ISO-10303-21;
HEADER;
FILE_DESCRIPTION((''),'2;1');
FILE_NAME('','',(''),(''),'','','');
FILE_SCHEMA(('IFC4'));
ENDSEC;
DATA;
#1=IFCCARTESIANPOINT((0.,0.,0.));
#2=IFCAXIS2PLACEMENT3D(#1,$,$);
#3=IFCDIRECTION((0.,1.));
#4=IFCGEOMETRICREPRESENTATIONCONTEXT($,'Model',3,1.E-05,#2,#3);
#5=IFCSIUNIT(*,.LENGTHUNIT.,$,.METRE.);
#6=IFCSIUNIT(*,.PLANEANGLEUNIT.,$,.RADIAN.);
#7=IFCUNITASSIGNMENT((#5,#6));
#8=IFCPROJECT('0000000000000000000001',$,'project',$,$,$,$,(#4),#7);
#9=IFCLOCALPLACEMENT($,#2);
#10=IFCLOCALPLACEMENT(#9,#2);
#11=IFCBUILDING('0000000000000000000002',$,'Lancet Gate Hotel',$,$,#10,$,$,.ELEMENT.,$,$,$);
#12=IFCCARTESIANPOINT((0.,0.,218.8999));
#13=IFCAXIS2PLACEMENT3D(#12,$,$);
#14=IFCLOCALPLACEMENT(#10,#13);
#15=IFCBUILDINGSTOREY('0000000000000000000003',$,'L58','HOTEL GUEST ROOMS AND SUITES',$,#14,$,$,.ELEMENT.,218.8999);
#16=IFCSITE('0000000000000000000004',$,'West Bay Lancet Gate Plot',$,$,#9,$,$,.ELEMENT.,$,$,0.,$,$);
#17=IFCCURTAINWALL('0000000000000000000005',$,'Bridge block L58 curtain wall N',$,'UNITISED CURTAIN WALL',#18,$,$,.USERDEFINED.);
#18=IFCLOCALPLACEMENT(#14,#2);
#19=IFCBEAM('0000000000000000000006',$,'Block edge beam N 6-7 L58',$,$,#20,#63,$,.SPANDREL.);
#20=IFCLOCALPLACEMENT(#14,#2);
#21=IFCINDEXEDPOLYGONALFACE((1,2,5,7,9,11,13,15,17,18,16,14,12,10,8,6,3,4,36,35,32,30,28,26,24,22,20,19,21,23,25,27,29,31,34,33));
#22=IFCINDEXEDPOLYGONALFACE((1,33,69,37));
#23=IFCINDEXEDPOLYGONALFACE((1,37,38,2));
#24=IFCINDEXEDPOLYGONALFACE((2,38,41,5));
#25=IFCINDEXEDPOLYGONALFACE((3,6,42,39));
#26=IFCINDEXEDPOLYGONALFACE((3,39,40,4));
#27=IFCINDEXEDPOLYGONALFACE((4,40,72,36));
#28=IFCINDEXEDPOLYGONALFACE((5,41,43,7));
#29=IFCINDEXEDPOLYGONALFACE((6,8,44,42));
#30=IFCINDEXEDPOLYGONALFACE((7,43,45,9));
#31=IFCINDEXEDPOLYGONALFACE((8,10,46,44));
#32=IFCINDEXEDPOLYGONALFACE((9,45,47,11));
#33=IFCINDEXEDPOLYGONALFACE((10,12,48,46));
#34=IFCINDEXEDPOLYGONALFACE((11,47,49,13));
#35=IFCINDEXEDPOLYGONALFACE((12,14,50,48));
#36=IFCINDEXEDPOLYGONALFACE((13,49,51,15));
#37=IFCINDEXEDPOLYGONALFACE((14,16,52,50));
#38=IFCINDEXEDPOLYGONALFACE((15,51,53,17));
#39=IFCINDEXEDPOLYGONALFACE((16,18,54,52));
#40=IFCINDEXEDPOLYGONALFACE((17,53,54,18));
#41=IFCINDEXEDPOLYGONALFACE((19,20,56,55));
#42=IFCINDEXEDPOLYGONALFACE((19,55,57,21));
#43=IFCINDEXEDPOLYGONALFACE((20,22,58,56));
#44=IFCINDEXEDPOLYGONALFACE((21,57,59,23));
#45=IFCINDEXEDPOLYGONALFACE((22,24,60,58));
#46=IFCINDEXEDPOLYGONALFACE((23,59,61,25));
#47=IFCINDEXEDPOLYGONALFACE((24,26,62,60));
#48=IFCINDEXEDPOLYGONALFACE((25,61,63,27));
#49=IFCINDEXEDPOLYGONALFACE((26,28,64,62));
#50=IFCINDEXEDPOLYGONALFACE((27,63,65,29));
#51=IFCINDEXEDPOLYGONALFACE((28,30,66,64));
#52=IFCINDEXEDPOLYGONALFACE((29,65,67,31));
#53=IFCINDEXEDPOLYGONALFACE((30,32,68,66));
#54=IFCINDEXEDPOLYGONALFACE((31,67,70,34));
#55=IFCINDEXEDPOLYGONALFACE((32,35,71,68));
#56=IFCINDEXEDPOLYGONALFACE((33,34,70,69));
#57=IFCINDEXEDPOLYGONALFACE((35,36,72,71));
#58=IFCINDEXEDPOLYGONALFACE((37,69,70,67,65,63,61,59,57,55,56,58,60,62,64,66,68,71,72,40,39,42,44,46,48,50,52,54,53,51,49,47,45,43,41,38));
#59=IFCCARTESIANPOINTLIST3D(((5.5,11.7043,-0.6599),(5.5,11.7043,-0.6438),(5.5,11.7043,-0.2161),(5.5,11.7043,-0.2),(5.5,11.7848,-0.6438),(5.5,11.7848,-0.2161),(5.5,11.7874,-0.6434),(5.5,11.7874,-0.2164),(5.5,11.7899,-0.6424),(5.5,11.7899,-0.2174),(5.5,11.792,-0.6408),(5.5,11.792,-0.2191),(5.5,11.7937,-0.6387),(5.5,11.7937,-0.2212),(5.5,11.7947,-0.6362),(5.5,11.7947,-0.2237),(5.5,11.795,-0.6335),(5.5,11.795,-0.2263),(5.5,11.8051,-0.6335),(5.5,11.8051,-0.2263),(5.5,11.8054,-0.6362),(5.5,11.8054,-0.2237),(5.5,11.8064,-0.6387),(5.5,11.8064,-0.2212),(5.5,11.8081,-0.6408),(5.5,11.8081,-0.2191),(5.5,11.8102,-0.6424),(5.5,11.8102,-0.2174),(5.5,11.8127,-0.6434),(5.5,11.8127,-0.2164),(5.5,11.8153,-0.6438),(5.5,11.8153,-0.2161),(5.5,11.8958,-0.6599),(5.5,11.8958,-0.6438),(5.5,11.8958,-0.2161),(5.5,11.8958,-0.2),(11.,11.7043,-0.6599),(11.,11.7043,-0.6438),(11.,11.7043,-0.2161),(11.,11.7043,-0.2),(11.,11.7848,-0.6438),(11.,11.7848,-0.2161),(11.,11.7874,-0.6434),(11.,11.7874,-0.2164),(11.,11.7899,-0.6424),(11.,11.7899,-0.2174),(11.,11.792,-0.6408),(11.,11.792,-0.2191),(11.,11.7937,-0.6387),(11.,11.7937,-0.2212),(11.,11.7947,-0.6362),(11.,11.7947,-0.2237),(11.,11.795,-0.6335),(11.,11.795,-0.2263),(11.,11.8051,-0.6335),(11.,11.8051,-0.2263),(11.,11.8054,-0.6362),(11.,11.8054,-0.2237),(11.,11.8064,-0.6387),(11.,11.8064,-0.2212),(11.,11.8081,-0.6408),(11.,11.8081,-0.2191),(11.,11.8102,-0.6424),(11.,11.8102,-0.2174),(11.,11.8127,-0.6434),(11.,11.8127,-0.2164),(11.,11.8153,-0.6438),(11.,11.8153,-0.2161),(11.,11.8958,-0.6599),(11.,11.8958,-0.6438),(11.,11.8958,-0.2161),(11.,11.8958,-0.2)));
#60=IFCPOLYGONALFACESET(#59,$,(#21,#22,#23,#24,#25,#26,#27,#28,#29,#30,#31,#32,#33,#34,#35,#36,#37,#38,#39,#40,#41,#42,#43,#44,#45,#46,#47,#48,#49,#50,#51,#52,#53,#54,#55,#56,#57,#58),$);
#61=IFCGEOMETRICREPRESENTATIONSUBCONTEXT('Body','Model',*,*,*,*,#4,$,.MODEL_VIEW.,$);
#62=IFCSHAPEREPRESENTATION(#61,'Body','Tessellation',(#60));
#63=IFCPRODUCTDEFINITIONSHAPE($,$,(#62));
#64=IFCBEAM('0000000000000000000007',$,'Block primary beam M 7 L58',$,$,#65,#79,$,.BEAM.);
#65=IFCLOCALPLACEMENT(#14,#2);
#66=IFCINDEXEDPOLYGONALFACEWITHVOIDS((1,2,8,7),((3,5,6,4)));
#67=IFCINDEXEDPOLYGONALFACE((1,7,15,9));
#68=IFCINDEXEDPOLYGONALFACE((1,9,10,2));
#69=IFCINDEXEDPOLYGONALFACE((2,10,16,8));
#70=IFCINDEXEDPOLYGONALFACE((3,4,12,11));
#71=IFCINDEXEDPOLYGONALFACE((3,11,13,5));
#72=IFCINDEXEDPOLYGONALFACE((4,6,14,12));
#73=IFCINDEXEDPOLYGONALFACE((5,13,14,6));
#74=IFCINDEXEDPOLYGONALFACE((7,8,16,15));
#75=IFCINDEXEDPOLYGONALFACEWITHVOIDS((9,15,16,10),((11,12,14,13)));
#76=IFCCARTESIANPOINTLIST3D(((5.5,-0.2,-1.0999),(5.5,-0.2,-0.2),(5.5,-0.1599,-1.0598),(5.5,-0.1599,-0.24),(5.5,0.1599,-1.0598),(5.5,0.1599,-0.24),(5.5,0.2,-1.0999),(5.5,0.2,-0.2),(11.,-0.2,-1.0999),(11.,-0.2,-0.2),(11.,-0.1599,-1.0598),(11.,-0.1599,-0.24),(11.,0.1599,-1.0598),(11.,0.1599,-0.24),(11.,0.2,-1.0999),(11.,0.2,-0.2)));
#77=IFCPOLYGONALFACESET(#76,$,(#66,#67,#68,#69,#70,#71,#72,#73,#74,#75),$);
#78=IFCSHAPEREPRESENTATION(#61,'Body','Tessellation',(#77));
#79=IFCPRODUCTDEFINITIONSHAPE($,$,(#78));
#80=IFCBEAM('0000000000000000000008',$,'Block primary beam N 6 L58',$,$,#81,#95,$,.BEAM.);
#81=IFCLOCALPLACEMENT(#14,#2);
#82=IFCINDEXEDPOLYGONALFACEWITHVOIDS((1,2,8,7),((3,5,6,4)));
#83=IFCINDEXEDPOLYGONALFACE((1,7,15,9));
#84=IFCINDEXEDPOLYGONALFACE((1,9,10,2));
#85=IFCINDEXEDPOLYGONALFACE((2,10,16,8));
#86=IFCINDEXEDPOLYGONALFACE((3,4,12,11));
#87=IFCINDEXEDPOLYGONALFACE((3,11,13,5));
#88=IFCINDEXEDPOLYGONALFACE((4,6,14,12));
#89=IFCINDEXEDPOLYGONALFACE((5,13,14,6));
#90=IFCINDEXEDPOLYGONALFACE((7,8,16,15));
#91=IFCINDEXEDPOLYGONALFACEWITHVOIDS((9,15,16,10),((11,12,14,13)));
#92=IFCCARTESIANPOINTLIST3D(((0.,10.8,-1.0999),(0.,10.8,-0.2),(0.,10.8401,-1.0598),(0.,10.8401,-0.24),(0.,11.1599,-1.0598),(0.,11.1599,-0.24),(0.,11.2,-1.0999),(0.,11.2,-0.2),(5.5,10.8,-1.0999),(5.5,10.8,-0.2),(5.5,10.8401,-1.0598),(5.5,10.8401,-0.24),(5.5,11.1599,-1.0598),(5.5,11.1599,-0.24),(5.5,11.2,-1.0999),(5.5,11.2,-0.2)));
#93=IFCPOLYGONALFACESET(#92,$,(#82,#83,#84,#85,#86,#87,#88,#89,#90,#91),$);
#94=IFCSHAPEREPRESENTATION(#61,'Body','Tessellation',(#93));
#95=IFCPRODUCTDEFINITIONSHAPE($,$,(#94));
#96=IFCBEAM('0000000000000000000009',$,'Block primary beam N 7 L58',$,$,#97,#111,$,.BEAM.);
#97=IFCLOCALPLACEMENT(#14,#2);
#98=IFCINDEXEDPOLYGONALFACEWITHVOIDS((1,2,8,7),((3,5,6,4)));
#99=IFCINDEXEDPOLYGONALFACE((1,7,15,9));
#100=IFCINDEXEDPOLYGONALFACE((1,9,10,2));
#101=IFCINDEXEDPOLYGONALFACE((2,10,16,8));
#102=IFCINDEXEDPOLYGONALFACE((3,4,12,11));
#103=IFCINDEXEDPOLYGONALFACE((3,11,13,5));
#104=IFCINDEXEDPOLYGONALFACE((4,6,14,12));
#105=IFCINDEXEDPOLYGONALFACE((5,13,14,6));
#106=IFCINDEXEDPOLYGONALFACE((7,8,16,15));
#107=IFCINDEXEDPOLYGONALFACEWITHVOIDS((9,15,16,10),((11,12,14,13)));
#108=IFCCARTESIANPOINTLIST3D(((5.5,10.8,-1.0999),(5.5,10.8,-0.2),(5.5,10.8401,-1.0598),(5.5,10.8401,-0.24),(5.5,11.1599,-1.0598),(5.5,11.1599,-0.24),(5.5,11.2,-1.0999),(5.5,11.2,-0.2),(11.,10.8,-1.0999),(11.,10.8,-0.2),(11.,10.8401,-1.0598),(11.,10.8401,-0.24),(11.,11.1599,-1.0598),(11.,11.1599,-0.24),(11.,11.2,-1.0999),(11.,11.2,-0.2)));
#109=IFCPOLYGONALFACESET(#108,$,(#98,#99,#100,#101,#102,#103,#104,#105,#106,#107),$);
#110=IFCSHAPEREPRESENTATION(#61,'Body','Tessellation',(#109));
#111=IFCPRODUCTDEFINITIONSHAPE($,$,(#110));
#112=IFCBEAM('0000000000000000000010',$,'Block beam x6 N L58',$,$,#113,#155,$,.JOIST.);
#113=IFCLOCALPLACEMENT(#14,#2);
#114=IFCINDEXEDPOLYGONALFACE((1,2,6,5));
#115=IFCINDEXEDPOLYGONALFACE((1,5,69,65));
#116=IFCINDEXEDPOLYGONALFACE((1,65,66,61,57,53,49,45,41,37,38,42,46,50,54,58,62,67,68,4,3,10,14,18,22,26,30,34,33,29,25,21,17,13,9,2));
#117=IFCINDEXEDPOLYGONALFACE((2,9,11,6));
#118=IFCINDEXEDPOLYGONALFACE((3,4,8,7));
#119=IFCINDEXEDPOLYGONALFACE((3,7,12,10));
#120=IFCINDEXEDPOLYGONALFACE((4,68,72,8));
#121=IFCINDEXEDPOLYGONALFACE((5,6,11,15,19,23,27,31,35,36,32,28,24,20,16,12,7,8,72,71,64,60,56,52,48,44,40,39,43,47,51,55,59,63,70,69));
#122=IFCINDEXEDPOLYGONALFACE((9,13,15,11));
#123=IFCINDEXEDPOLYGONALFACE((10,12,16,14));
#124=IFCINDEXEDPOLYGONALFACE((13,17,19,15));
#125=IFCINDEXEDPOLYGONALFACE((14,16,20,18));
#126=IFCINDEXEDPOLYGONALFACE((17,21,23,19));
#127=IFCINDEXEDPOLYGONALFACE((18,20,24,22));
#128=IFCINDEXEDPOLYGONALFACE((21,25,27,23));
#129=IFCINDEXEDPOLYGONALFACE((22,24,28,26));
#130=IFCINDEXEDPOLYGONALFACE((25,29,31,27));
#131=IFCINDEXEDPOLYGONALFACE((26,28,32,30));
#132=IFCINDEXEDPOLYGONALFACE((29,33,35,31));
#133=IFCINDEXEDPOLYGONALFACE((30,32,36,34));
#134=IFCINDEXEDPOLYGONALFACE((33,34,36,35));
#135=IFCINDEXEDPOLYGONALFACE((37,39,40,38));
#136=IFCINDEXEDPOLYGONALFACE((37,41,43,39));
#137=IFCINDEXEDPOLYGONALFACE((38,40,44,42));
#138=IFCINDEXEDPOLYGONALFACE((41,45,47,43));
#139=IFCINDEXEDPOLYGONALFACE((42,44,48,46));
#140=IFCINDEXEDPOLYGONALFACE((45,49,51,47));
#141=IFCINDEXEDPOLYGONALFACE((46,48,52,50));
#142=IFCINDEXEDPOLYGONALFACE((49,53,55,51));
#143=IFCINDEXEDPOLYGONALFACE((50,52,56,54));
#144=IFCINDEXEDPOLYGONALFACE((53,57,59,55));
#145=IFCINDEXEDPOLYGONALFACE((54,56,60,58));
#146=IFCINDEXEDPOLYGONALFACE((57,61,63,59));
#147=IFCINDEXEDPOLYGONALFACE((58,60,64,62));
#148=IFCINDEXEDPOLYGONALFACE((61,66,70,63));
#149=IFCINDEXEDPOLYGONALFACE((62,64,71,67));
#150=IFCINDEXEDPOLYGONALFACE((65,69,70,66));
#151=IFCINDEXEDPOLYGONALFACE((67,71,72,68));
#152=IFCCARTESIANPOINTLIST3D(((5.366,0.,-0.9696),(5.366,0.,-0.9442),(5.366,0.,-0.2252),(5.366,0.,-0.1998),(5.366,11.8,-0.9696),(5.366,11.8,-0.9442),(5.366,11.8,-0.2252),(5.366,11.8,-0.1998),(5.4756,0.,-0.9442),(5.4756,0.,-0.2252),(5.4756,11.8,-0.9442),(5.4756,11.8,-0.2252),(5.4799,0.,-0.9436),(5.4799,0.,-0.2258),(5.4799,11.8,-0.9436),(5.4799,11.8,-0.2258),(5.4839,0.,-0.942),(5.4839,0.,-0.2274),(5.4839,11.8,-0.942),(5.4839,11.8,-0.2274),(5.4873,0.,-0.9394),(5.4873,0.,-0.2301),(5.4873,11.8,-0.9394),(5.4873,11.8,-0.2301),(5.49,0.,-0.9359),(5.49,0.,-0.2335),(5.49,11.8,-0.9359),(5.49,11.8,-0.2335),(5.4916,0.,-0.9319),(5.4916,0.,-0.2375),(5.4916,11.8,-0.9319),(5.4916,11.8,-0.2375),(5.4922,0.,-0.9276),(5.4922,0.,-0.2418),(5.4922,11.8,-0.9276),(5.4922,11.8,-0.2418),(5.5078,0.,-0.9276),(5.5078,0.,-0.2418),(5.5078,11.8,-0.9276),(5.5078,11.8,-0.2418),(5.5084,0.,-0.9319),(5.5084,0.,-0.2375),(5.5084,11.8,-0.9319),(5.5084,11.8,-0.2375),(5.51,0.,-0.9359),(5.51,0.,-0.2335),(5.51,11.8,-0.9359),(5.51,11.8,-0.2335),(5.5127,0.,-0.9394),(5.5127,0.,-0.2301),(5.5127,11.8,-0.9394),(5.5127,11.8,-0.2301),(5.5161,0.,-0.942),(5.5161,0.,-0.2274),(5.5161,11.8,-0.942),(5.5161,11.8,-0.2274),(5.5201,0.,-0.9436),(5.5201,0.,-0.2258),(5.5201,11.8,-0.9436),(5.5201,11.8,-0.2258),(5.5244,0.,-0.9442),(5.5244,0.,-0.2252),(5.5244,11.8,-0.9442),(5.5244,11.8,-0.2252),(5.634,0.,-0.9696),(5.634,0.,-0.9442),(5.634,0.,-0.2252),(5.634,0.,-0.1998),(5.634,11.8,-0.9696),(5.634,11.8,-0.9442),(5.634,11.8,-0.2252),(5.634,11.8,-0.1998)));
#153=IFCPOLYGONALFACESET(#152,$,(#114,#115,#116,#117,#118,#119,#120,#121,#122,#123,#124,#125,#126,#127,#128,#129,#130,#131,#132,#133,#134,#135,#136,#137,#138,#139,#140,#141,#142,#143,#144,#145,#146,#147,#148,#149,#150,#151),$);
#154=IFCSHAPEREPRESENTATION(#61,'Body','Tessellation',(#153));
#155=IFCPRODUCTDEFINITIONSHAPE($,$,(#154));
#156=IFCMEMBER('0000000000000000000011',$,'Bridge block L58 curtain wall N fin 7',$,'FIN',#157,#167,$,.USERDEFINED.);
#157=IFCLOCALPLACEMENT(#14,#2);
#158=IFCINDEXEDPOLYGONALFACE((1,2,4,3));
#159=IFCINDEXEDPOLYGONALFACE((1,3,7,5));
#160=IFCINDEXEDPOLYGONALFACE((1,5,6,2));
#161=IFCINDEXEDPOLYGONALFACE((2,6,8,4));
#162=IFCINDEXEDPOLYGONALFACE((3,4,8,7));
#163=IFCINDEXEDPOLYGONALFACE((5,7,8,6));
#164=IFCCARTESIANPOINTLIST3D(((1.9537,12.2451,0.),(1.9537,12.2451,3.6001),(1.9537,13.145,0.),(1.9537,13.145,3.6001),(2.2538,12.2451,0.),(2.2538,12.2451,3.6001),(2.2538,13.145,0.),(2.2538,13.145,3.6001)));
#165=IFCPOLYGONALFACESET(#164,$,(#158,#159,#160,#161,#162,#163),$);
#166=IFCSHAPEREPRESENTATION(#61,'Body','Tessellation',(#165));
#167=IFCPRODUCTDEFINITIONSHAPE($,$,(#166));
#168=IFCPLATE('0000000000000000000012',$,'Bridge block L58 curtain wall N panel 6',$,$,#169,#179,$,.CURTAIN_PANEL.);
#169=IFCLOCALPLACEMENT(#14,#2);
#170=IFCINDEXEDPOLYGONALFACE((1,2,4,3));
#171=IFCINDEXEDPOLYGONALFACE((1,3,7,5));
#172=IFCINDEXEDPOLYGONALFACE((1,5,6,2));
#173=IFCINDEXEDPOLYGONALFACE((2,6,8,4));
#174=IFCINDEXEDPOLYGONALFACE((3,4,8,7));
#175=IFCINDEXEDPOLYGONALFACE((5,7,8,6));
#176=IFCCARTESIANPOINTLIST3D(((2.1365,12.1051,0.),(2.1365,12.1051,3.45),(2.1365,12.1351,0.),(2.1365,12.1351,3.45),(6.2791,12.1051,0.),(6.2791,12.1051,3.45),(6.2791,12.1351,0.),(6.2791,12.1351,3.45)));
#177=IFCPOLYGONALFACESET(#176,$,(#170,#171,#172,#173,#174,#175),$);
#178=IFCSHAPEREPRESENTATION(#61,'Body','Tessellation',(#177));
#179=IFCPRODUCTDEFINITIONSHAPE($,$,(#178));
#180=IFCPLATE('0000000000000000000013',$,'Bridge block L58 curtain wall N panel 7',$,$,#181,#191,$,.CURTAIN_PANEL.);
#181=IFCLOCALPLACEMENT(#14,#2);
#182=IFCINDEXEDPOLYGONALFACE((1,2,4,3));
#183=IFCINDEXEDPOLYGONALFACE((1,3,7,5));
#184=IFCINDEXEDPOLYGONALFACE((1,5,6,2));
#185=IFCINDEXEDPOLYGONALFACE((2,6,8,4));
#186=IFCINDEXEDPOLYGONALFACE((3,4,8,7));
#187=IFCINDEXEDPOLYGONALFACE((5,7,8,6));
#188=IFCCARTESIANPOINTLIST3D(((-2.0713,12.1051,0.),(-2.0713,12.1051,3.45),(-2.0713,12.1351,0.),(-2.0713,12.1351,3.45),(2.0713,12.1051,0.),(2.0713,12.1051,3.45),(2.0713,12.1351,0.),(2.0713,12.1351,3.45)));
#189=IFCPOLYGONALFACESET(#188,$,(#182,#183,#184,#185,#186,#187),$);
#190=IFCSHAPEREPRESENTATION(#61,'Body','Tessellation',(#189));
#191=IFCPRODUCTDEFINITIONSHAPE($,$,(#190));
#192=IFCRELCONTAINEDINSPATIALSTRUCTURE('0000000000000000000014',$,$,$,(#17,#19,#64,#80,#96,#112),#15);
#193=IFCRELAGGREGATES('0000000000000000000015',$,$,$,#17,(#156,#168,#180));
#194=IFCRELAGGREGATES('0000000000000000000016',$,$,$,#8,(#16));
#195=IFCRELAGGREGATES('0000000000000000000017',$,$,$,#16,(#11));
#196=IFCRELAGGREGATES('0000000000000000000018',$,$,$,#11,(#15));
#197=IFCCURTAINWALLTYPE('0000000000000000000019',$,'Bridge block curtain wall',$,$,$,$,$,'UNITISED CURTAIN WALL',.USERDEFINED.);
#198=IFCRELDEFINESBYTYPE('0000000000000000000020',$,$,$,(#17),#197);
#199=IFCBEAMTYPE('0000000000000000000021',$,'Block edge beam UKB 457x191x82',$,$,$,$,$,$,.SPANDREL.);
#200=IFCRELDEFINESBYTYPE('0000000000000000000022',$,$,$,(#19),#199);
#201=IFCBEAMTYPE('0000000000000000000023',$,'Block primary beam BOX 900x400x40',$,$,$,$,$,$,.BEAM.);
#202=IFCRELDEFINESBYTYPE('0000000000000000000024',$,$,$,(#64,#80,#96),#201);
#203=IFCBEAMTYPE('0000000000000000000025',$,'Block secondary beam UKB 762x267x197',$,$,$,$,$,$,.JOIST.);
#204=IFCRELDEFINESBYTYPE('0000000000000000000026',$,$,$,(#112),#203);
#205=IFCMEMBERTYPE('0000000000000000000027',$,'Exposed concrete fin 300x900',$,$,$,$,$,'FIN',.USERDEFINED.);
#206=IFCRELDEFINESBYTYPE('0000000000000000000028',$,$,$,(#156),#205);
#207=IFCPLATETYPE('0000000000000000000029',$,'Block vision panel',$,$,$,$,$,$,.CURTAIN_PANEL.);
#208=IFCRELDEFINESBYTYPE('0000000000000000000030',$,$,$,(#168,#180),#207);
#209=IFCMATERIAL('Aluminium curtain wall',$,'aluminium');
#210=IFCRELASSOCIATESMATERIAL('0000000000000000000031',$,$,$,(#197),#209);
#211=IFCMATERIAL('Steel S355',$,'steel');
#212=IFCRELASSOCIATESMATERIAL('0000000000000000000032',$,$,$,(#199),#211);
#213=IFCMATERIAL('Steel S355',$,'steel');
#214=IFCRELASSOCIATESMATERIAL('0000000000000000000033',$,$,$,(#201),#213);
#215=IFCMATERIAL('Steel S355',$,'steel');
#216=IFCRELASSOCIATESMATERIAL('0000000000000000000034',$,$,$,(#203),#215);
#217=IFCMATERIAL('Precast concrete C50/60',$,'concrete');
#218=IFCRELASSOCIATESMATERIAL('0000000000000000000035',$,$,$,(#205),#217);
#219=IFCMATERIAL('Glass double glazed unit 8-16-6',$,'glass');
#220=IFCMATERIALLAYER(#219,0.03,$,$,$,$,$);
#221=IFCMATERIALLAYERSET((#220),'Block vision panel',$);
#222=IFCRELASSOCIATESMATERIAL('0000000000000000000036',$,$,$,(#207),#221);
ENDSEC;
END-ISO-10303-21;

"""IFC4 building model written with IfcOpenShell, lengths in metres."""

from ifc_helpers import new_model, si_unit, direction, frame, origin, origin_2d, place, context, subcontext, project, spatial, rectangle, hollow_rectangle, i_section, extrude, material, layer, layer_set, material_profile, profile_set, type_object, element, aggregate, save


model = new_model("IFC4")

# Units and contexts
model_context = context("Model", 3, precision=1e-05, world=origin(), true_north=direction((0.0, 1.0)))
body_context = subcontext(model_context, "Body", "Model", "MODEL_VIEW")
ifc_project = project(units=[si_unit("LENGTHUNIT", "METRE"), si_unit("PLANEANGLEUNIT", "RADIAN")], contexts=[model_context])

# Site, building, storey
site_placement = place(None, origin())
site = spatial("IfcSite", under=ifc_project, at=site_placement, Name="West Bay Lancet Gate Plot", CompositionType="ELEMENT", RefElevation=0.0)
building_placement = place(site_placement, origin())
building = spatial("IfcBuilding", under=site, at=building_placement, Name="Lancet Gate Hotel", CompositionType="ELEMENT")
storey_placement = place(building_placement, frame((0.0, 0.0, 218.8999)))
storey = spatial("IfcBuildingStorey", under=building, at=storey_placement, Name="L58", Description="HOTEL GUEST ROOMS AND SUITES", CompositionType="ELEMENT", Elevation=218.8999)

# Curtain wall
ifc_material_1 = material(Name="Aluminium curtain wall", Category="aluminium")
curtain_wall_type = type_object("IfcCurtainWallType", Name="Bridge block curtain wall", ElementType="UNITISED CURTAIN WALL", PredefinedType="USERDEFINED", material=ifc_material_1)
curtain_wall_placement = place(storey_placement, origin())
curtain_wall = element("IfcCurtainWall", 1, at=curtain_wall_placement, inside=storey, type_object=curtain_wall_type, Name="Bridge block L58 curtain wall N", ObjectType="UNITISED CURTAIN WALL", PredefinedType="USERDEFINED")

# Beams
ifc_material_2 = material(Name="Steel S355", Category="steel")
ifc_material_profile_1 = material_profile(ifc_material_2, i_section(OverallWidth=0.1914, OverallDepth=0.46, WebThickness=0.01, FlangeThickness=0.0161, FilletRadius=0.0103, at=origin_2d()), Name="UKB 457x191x82")
ifc_profile_set_1 = profile_set([ifc_material_profile_1], Name="Steel S355")
beam_type_1 = type_object("IfcBeamType", Name="Block edge beam UKB 457x191x82", PredefinedType="SPANDREL", material=ifc_profile_set_1)
beam_1_placement = place(storey_placement, frame((5.5, 11.8, -0.4299), z_axis=(1.0, 0.0, 0.0), x_axis=(0.0, 1.0, 0.0)))
element("IfcBeam", 2, at=beam_1_placement, inside=storey, type_object=beam_type_1, Name="Block edge beam N 6-7 L58", PredefinedType="SPANDREL", context=body_context, shape_type="SweptSolid", body=[
    extrude(i_section(OverallWidth=0.1914, OverallDepth=0.46, WebThickness=0.01, FlangeThickness=0.0161, FilletRadius=0.0103, at=origin_2d()), origin(), (0.0, 0.0, 1.0), 5.5),
])
ifc_material_3 = material(Name="Steel S355", Category="steel")
ifc_material_profile_2 = material_profile(ifc_material_3, hollow_rectangle(XDim=0.3999, YDim=0.8999, WallThickness=0.04, at=origin_2d()), Name="BOX 900x400x40")
ifc_profile_set_2 = profile_set([ifc_material_profile_2], Name="Steel S355")
beam_type_2 = type_object("IfcBeamType", Name="Block primary beam BOX 900x400x40", PredefinedType="BEAM", material=ifc_profile_set_2)
for number, where, z_axis, x_axis, name in (
    (3, (5.5, 0.0, -0.6499), (1.0, 0.0, 0.0), (0.0, 1.0, 0.0), "Block primary beam M 7 L58"),
    (4, (0.0, 11.0, -0.6499), (1.0, 0.0, 0.0), (0.0, 1.0, 0.0), "Block primary beam N 6 L58"),
    (5, (5.5, 11.0, -0.6499), (1.0, 0.0, 0.0), (0.0, 1.0, 0.0), "Block primary beam N 7 L58"),
):
    element("IfcBeam", number, at=place(storey_placement, frame(where, z_axis=z_axis, x_axis=x_axis)), inside=storey, type_object=beam_type_2, Name=name, PredefinedType="BEAM", context=body_context, shape_type="SweptSolid", body=[
        extrude(hollow_rectangle(XDim=0.3999, YDim=0.8999, WallThickness=0.04, at=origin_2d()), origin(), (0.0, 0.0, 1.0), 5.5),
    ])
ifc_material_4 = material(Name="Steel S355", Category="steel")
ifc_material_profile_3 = material_profile(ifc_material_4, i_section(OverallWidth=0.2681, OverallDepth=0.7698, WebThickness=0.0156, FlangeThickness=0.0254, FilletRadius=0.0166, at=origin_2d()), Name="UKB 762x267x197")
ifc_profile_set_3 = profile_set([ifc_material_profile_3], Name="Steel S355")
beam_type_3 = type_object("IfcBeamType", Name="Block secondary beam UKB 762x267x197", PredefinedType="JOIST", material=ifc_profile_set_3)
beam_2_placement = place(storey_placement, frame((5.5, 0.0, -0.5847), z_axis=(0.0, 1.0, 0.0), x_axis=(-1.0, 0.0, 0.0)))
element("IfcBeam", 6, at=beam_2_placement, inside=storey, type_object=beam_type_3, Name="Block beam x6 N L58", PredefinedType="JOIST", context=body_context, shape_type="SweptSolid", body=[
    extrude(i_section(OverallWidth=0.2681, OverallDepth=0.7698, WebThickness=0.0156, FlangeThickness=0.0254, FilletRadius=0.0166, at=origin_2d()), origin(), (0.0, 0.0, 1.0), 11.8),
])

# Member
ifc_material_5 = material(Name="Precast concrete C50/60", Category="concrete")
ifc_material_profile_4 = material_profile(ifc_material_5, rectangle(XDim=0.3, YDim=0.8999, at=origin_2d()), Name="FIN 300x900")
ifc_profile_set_4 = profile_set([ifc_material_profile_4], Name="Precast concrete C50/60")
member_type_1 = type_object("IfcMemberType", Name="Exposed concrete fin 300x900", ElementType="FIN", PredefinedType="USERDEFINED", material=ifc_profile_set_4)
member_1_placement = place(storey_placement, frame((2.1038, 12.6951, 0.0), z_axis=(0.0, 0.0, 1.0), x_axis=(-1.0, 0.0, 0.0)))
member_1 = element("IfcMember", 7, at=member_1_placement, type_object=member_type_1, Name="Bridge block L58 curtain wall N fin 7", ObjectType="FIN", PredefinedType="USERDEFINED", context=body_context, shape_type="SweptSolid", body=[
    extrude(rectangle(XDim=0.3, YDim=0.8999, at=origin_2d()), origin(), (0.0, 0.0, 1.0), 3.6001),
])

# Plates
ifc_material_6 = material(Name="Glass double glazed unit 8-16-6", Category="glass")
ifc_layer_1 = layer(ifc_material_6, 0.03)
ifc_layer_set_1 = layer_set([ifc_layer_1], Name="Block vision panel")
plate_type = type_object("IfcPlateType", Name="Block vision panel", PredefinedType="CURTAIN_PANEL", material=ifc_layer_set_1)
plate_1_placement = place(storey_placement, frame((4.2078, 12.1201, 0.0), z_axis=(0.0, 0.0, 1.0), x_axis=(-1.0, 0.0, 0.0)))
plate_1 = element("IfcPlate", 8, at=plate_1_placement, type_object=plate_type, Name="Bridge block L58 curtain wall N panel 6", PredefinedType="CURTAIN_PANEL", context=body_context, shape_type="SweptSolid", body=[
    extrude(rectangle(XDim=4.1426, YDim=0.03, at=origin_2d()), origin(), (0.0, 0.0, 1.0), 3.45),
])
plate_2_placement = place(storey_placement, frame((0.0, 12.1201, 0.0), z_axis=(0.0, 0.0, 1.0), x_axis=(-1.0, 0.0, 0.0)))
plate_2 = element("IfcPlate", 9, at=plate_2_placement, type_object=plate_type, Name="Bridge block L58 curtain wall N panel 7", PredefinedType="CURTAIN_PANEL", context=body_context, shape_type="SweptSolid", body=[
    extrude(rectangle(XDim=4.1426, YDim=0.03, at=origin_2d()), origin(), (0.0, 0.0, 1.0), 3.45),
])
aggregate(curtain_wall, [member_1, plate_1, plate_2])

save(model, "model.ifc")
